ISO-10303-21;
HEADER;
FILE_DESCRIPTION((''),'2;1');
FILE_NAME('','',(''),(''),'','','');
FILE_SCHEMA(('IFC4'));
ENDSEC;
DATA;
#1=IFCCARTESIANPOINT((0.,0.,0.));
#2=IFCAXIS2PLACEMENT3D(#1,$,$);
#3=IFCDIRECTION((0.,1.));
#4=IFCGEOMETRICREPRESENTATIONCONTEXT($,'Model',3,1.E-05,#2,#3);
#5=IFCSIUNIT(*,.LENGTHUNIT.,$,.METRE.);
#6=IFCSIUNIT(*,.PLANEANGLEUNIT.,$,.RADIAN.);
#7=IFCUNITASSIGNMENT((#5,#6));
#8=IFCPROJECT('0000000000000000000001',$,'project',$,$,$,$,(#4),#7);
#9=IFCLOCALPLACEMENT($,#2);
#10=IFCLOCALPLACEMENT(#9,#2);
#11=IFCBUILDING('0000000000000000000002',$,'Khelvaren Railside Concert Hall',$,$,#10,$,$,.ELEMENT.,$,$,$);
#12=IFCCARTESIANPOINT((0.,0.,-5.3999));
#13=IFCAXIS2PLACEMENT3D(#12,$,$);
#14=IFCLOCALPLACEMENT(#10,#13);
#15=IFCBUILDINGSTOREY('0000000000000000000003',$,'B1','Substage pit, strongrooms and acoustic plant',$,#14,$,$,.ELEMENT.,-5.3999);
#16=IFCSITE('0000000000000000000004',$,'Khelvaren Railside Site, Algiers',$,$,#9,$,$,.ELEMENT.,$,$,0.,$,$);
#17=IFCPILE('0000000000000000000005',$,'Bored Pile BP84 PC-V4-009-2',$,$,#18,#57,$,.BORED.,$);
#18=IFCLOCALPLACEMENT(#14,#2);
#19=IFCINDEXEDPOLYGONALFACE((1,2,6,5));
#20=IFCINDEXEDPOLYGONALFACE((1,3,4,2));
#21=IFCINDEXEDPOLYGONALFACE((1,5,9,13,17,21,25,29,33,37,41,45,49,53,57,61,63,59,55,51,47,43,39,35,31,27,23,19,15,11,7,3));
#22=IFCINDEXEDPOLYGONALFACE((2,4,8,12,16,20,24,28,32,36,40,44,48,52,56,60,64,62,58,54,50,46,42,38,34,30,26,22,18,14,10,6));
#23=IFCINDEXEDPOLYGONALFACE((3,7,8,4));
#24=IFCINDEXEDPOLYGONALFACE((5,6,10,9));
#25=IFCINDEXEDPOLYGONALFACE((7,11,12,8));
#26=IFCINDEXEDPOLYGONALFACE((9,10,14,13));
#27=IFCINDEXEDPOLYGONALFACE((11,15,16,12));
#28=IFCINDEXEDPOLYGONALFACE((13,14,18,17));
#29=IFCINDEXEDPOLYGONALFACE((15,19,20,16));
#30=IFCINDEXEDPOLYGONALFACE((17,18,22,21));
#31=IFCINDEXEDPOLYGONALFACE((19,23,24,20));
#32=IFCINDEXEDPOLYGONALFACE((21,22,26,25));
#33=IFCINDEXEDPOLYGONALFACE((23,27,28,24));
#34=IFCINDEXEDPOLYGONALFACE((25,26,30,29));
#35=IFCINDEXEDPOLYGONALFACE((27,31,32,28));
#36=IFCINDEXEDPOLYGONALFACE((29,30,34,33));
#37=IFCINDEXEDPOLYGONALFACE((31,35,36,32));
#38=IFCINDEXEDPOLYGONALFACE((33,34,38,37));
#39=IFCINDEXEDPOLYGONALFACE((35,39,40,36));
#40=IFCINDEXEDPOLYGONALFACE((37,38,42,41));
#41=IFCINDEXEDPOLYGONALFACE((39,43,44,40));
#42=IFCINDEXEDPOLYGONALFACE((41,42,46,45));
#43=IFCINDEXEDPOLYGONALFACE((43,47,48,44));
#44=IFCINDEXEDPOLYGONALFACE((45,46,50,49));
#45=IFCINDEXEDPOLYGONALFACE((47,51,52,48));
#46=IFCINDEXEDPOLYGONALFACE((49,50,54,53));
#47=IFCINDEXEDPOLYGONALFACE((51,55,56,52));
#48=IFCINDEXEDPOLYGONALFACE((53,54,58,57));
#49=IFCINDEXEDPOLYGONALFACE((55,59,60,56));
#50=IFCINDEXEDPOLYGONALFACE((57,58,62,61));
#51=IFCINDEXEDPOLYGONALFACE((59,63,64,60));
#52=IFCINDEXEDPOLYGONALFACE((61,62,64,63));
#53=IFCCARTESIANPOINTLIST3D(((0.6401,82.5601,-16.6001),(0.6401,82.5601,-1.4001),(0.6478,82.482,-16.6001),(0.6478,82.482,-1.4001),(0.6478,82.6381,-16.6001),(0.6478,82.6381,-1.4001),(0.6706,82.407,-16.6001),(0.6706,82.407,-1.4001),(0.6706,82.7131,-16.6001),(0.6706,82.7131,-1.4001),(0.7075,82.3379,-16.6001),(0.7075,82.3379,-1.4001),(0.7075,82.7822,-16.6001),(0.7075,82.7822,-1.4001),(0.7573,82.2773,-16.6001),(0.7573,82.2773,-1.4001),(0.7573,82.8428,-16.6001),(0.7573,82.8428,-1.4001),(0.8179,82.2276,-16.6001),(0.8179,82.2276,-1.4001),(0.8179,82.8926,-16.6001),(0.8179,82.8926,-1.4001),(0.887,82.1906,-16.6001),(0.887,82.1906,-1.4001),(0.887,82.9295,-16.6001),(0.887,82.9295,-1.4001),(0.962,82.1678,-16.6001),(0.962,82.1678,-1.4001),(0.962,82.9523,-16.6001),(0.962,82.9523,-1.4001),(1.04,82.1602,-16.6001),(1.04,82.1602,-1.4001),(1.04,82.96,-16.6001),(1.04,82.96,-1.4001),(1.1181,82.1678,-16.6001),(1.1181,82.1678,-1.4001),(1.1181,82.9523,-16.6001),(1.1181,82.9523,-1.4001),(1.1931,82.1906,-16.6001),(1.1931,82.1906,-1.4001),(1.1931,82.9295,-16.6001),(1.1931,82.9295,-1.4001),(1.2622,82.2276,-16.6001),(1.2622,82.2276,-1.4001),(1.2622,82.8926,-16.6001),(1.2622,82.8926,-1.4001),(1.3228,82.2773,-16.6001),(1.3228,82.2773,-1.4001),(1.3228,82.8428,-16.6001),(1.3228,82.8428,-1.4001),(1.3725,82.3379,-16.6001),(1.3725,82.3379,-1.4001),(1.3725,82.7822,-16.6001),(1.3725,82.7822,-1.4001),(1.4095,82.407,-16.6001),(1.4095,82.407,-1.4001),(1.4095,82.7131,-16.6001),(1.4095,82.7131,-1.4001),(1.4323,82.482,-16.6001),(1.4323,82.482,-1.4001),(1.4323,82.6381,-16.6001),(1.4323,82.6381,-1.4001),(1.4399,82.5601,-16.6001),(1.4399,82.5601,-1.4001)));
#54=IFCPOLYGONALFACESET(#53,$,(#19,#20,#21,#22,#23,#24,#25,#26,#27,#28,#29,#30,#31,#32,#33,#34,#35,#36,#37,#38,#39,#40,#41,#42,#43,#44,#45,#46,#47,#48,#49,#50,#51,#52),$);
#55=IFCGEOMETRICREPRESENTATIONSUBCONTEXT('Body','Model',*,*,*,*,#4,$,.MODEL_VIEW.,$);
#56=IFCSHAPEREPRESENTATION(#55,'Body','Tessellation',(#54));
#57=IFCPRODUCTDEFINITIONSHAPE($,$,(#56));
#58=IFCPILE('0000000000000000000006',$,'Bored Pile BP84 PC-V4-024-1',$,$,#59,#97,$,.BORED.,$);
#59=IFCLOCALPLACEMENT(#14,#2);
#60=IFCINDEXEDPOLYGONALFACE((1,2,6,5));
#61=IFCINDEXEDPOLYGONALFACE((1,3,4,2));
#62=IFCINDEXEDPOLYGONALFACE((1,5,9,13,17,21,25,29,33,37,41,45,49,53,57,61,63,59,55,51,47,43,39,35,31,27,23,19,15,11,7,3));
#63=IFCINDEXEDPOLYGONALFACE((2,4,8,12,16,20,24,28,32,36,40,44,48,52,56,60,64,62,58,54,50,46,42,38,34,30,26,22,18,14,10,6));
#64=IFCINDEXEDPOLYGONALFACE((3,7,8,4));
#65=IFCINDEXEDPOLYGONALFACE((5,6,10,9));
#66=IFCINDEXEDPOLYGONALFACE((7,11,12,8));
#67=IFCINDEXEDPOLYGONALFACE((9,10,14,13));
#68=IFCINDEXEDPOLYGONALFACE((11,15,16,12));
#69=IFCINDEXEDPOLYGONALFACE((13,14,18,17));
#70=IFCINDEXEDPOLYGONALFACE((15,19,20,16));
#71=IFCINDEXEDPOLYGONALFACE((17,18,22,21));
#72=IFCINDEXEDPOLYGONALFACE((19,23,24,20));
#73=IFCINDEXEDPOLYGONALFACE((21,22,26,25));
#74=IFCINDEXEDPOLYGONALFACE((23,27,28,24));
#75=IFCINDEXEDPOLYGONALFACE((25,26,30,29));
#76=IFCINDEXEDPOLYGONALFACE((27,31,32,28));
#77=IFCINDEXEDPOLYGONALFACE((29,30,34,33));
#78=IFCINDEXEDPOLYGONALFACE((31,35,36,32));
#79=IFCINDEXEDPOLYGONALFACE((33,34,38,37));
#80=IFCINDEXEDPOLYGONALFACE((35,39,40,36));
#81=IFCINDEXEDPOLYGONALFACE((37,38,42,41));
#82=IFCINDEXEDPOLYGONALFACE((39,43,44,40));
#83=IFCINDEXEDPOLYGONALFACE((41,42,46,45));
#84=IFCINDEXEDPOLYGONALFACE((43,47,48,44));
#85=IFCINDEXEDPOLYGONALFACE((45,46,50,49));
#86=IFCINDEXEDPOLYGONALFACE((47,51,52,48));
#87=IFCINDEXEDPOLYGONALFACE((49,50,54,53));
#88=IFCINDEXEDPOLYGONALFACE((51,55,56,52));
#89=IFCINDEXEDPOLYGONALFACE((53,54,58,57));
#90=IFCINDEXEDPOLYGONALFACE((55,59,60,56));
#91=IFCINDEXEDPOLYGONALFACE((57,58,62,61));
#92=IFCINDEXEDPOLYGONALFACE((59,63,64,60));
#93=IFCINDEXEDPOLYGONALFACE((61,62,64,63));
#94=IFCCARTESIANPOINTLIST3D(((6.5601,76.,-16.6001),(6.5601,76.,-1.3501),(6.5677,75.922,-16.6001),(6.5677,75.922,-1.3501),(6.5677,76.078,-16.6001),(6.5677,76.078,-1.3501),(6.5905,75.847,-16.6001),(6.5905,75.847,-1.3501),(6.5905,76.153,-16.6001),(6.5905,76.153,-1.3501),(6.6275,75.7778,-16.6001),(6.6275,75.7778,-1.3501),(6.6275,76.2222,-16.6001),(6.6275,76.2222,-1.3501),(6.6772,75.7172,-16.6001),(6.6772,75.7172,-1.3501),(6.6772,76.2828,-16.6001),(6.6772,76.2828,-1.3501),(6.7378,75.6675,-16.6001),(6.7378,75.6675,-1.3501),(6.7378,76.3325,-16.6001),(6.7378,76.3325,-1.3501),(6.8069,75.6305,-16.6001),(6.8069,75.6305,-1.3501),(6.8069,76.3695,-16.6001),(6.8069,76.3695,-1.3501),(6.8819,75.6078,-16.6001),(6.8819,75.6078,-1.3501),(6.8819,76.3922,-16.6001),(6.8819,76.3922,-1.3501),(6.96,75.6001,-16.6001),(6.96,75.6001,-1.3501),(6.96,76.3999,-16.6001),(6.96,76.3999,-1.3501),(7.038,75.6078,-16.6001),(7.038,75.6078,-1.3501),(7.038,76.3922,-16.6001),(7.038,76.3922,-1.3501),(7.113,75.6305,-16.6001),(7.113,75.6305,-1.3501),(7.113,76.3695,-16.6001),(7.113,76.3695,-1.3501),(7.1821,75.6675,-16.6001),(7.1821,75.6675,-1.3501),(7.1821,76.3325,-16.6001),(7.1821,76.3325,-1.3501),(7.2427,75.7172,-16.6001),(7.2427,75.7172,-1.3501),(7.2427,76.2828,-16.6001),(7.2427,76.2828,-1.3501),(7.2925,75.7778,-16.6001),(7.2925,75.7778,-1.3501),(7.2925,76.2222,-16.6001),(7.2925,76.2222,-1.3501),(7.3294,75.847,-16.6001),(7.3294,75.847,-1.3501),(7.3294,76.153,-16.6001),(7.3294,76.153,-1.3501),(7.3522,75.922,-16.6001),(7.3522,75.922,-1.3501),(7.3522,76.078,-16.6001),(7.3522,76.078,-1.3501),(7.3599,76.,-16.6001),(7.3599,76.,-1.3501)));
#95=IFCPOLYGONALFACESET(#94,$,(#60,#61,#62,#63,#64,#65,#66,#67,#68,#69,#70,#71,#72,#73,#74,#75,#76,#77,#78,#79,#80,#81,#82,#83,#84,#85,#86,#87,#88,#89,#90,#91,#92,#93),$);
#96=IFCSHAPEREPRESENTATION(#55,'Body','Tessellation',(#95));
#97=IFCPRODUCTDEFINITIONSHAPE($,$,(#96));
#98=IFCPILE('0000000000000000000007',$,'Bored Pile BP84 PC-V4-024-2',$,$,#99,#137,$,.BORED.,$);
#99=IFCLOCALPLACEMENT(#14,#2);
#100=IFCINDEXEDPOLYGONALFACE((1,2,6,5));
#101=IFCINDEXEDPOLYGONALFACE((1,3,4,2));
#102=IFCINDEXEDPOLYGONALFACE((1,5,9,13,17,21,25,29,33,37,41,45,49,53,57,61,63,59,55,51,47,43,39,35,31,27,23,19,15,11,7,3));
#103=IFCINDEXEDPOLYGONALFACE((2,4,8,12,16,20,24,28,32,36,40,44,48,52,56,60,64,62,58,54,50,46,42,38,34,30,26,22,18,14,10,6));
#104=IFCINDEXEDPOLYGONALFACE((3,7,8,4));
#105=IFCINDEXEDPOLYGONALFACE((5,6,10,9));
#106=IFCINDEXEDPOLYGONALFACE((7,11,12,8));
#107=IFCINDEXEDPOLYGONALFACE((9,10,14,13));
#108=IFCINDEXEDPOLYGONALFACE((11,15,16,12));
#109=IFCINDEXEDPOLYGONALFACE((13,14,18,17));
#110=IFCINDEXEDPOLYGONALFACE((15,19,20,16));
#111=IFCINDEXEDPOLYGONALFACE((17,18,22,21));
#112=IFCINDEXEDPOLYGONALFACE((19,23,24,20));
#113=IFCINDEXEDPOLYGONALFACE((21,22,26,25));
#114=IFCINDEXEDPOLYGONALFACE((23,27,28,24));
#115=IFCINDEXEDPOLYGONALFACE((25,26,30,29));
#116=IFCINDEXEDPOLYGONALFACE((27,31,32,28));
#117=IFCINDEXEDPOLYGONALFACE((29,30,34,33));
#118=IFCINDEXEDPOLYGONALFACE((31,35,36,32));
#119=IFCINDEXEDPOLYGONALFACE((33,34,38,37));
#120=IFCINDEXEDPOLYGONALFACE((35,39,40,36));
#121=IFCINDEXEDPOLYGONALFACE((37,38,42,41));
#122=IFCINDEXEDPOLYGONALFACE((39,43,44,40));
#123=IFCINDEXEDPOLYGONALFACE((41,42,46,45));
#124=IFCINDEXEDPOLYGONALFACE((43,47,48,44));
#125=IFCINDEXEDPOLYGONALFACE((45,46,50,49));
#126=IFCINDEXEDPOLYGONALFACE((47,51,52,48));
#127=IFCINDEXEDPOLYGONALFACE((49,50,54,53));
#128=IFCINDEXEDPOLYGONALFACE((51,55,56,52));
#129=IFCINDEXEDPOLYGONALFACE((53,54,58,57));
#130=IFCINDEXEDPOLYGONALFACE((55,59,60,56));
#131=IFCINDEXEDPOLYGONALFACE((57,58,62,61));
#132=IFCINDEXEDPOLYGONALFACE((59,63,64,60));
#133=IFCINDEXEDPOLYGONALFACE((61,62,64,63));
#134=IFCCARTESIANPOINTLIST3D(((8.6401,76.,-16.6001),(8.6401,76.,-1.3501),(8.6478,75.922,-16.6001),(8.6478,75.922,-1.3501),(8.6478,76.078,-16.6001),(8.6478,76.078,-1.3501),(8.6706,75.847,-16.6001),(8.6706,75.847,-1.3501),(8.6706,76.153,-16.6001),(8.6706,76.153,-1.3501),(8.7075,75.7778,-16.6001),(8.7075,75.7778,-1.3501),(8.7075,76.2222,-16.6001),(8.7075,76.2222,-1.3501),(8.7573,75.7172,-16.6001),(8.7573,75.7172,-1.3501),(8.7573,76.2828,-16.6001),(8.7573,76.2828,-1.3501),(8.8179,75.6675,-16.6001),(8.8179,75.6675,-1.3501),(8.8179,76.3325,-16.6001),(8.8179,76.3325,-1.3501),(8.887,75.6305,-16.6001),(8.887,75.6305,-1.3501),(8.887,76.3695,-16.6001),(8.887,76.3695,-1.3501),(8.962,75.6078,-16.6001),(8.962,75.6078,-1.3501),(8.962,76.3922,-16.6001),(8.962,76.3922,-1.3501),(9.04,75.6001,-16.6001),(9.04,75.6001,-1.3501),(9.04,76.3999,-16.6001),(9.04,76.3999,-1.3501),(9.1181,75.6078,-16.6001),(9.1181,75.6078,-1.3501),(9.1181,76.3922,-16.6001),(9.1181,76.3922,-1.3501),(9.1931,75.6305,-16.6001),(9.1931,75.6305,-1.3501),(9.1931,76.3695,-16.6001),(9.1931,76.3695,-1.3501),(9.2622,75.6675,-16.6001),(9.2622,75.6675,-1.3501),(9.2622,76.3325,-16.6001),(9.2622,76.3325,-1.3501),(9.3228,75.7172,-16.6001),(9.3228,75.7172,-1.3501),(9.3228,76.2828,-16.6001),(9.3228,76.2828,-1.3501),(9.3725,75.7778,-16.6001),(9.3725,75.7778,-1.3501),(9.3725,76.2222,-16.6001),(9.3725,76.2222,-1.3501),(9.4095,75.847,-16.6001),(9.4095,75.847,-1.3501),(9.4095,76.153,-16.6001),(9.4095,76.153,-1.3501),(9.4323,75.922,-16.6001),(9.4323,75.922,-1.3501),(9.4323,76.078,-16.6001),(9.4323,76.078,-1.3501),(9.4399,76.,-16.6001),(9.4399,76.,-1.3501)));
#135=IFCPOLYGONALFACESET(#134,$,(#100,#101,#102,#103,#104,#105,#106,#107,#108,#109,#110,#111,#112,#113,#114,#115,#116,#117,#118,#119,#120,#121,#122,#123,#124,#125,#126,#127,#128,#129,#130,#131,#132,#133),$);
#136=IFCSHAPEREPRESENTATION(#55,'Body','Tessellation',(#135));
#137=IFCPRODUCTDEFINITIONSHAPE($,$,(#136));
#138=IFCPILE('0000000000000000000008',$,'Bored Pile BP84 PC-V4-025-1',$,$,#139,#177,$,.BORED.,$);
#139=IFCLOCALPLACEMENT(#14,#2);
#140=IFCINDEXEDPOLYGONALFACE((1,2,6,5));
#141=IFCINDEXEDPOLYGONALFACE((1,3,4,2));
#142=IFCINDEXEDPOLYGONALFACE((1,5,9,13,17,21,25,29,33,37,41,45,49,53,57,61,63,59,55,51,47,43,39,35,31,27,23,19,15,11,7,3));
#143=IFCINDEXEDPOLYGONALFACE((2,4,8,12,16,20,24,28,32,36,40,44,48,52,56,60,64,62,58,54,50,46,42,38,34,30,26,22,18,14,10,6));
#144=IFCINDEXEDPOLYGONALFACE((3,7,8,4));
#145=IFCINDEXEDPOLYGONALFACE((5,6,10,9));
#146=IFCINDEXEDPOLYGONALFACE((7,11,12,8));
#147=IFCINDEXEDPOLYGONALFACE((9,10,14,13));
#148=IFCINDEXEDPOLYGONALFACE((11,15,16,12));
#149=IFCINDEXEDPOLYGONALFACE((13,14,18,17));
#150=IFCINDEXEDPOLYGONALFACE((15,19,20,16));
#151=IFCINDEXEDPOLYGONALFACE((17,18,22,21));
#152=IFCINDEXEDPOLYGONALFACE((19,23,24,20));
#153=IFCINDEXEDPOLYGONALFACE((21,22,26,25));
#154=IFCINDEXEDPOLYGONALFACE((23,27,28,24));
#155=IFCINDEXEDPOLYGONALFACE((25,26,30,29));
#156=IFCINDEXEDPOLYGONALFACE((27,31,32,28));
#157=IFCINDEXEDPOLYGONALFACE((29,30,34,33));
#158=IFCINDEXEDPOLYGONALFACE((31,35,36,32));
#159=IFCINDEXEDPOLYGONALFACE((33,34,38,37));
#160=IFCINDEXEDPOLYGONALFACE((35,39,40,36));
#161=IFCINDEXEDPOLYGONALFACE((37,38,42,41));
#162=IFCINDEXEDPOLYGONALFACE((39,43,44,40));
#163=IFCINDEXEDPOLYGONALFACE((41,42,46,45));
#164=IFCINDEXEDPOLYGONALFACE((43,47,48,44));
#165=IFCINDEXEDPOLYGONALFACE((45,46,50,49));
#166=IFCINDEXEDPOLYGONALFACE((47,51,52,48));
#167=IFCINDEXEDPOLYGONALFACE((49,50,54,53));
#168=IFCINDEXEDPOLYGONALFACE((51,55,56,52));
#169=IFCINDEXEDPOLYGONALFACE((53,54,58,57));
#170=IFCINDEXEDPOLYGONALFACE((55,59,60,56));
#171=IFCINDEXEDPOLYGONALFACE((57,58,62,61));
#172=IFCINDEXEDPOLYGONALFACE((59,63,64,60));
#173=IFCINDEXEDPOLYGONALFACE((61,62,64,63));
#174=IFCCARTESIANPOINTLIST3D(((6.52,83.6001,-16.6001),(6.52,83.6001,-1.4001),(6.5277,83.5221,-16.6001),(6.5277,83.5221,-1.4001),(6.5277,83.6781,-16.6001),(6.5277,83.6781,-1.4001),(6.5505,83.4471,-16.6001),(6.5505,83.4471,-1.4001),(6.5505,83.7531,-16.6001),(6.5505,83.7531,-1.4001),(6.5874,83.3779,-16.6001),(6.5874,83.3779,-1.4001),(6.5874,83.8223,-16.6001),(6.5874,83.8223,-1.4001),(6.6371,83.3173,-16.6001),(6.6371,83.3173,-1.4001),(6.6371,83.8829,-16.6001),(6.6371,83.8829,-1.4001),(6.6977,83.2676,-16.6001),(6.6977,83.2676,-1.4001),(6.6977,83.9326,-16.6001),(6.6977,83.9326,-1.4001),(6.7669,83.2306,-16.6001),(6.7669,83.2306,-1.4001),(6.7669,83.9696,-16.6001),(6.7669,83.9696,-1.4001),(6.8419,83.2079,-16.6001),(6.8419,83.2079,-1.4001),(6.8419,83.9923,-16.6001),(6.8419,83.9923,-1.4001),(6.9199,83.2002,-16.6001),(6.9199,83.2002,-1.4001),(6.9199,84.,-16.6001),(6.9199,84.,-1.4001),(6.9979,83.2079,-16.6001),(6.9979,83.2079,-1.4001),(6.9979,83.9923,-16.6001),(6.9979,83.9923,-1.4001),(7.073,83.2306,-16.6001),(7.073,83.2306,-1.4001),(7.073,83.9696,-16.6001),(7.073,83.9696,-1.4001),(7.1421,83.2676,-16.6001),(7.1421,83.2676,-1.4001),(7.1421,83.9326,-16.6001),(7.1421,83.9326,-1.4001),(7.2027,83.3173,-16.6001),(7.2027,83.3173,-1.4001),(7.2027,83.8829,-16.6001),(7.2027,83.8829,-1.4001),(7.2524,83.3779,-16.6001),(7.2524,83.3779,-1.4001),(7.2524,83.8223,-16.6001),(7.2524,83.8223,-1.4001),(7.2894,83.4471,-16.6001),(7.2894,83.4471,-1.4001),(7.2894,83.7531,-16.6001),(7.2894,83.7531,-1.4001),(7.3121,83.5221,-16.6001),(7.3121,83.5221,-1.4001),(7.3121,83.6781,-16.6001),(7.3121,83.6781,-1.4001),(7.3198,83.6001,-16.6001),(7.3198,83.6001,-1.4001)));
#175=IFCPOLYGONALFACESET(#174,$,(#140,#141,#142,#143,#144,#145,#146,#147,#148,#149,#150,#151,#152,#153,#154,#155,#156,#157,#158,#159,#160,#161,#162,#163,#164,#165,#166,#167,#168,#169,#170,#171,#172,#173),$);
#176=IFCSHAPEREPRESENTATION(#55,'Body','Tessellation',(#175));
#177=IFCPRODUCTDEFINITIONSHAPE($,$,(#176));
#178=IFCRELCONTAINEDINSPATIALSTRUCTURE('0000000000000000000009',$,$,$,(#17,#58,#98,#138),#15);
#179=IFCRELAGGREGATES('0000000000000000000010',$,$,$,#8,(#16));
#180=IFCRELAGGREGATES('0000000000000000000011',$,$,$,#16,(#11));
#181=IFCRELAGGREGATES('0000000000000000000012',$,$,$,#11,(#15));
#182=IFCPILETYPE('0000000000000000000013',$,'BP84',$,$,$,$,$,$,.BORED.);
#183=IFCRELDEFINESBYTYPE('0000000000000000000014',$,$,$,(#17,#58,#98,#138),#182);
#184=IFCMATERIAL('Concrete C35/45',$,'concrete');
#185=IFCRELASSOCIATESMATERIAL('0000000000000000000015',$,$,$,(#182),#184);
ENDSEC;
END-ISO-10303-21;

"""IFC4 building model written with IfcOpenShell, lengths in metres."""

from ifc_helpers import new_model, si_unit, direction, frame, origin, origin_2d, place, context, subcontext, project, spatial, circle, extrude, material, material_profile, profile_set, type_object, element, save


model = new_model("IFC4")

# Units and contexts
model_context = context("Model", 3, precision=1e-05, world=origin(), true_north=direction((0.0, 1.0)))
body_context = subcontext(model_context, "Body", "Model", "MODEL_VIEW")
ifc_project = project(units=[si_unit("LENGTHUNIT", "METRE"), si_unit("PLANEANGLEUNIT", "RADIAN")], contexts=[model_context])

# Site, building, storey
site_placement = place(None, origin())
site = spatial("IfcSite", under=ifc_project, at=site_placement, Name="Khelvaren Railside Site, Algiers", CompositionType="ELEMENT", RefElevation=0.0)
building_placement = place(site_placement, origin())
building = spatial("IfcBuilding", under=site, at=building_placement, Name="Khelvaren Railside Concert Hall", CompositionType="ELEMENT")
storey_placement = place(building_placement, frame((0.0, 0.0, -5.3999)))
storey = spatial("IfcBuildingStorey", under=building, at=storey_placement, Name="B1", Description="Substage pit, strongrooms and acoustic plant", CompositionType="ELEMENT", Elevation=-5.3999)

# Piles
ifc_material_1 = material(Name="Concrete C35/45", Category="concrete")
ifc_material_profile_1 = material_profile(ifc_material_1, circle(Radius=0.3999, at=origin_2d()), Name="BP D800")
ifc_profile_set_1 = profile_set([ifc_material_profile_1], Name="Concrete C35/45")
pile_type_1 = type_object("IfcPileType", Name="BP84", PredefinedType="BORED", material=ifc_profile_set_1)
for number, where, z_axis, x_axis, name in (
    (1, (1.04, 82.5601, -1.4001), (0.0, 0.0, -1.0), (1.0, 0.0, 0.0), "Bored Pile BP84 PC-V4-009-2"),
):
    element("IfcPile", number, at=place(storey_placement, frame(where, z_axis=z_axis, x_axis=x_axis)), inside=storey, type_object=pile_type_1, Name=name, PredefinedType="BORED", context=body_context, shape_type="SweptSolid", body=[
        extrude(circle(Radius=0.3999, at=origin_2d()), origin(), (0.0, 0.0, 1.0), 15.2),
    ])
for number, where, z_axis, x_axis, name in (
    (2, (6.96, 76.0, -1.3501), (0.0, 0.0, -1.0), (1.0, 0.0, 0.0), "Bored Pile BP84 PC-V4-024-1"),
    (3, (9.04, 76.0, -1.3501), (0.0, 0.0, -1.0), (1.0, 0.0, 0.0), "Bored Pile BP84 PC-V4-024-2"),
):
    element("IfcPile", number, at=place(storey_placement, frame(where, z_axis=z_axis, x_axis=x_axis)), inside=storey, type_object=pile_type_1, Name=name, PredefinedType="BORED", context=body_context, shape_type="SweptSolid", body=[
        extrude(circle(Radius=0.3999, at=origin_2d()), origin(), (0.0, 0.0, 1.0), 15.25),
    ])
for number, where, z_axis, x_axis, name in (
    (4, (6.9199, 83.6001, -1.4001), (0.0, 0.0, -1.0), (1.0, 0.0, 0.0), "Bored Pile BP84 PC-V4-025-1"),
):
    element("IfcPile", number, at=place(storey_placement, frame(where, z_axis=z_axis, x_axis=x_axis)), inside=storey, type_object=pile_type_1, Name=name, PredefinedType="BORED", context=body_context, shape_type="SweptSolid", body=[
        extrude(circle(Radius=0.3999, at=origin_2d()), origin(), (0.0, 0.0, 1.0), 15.2),
    ])

save(model, "model.ifc")
